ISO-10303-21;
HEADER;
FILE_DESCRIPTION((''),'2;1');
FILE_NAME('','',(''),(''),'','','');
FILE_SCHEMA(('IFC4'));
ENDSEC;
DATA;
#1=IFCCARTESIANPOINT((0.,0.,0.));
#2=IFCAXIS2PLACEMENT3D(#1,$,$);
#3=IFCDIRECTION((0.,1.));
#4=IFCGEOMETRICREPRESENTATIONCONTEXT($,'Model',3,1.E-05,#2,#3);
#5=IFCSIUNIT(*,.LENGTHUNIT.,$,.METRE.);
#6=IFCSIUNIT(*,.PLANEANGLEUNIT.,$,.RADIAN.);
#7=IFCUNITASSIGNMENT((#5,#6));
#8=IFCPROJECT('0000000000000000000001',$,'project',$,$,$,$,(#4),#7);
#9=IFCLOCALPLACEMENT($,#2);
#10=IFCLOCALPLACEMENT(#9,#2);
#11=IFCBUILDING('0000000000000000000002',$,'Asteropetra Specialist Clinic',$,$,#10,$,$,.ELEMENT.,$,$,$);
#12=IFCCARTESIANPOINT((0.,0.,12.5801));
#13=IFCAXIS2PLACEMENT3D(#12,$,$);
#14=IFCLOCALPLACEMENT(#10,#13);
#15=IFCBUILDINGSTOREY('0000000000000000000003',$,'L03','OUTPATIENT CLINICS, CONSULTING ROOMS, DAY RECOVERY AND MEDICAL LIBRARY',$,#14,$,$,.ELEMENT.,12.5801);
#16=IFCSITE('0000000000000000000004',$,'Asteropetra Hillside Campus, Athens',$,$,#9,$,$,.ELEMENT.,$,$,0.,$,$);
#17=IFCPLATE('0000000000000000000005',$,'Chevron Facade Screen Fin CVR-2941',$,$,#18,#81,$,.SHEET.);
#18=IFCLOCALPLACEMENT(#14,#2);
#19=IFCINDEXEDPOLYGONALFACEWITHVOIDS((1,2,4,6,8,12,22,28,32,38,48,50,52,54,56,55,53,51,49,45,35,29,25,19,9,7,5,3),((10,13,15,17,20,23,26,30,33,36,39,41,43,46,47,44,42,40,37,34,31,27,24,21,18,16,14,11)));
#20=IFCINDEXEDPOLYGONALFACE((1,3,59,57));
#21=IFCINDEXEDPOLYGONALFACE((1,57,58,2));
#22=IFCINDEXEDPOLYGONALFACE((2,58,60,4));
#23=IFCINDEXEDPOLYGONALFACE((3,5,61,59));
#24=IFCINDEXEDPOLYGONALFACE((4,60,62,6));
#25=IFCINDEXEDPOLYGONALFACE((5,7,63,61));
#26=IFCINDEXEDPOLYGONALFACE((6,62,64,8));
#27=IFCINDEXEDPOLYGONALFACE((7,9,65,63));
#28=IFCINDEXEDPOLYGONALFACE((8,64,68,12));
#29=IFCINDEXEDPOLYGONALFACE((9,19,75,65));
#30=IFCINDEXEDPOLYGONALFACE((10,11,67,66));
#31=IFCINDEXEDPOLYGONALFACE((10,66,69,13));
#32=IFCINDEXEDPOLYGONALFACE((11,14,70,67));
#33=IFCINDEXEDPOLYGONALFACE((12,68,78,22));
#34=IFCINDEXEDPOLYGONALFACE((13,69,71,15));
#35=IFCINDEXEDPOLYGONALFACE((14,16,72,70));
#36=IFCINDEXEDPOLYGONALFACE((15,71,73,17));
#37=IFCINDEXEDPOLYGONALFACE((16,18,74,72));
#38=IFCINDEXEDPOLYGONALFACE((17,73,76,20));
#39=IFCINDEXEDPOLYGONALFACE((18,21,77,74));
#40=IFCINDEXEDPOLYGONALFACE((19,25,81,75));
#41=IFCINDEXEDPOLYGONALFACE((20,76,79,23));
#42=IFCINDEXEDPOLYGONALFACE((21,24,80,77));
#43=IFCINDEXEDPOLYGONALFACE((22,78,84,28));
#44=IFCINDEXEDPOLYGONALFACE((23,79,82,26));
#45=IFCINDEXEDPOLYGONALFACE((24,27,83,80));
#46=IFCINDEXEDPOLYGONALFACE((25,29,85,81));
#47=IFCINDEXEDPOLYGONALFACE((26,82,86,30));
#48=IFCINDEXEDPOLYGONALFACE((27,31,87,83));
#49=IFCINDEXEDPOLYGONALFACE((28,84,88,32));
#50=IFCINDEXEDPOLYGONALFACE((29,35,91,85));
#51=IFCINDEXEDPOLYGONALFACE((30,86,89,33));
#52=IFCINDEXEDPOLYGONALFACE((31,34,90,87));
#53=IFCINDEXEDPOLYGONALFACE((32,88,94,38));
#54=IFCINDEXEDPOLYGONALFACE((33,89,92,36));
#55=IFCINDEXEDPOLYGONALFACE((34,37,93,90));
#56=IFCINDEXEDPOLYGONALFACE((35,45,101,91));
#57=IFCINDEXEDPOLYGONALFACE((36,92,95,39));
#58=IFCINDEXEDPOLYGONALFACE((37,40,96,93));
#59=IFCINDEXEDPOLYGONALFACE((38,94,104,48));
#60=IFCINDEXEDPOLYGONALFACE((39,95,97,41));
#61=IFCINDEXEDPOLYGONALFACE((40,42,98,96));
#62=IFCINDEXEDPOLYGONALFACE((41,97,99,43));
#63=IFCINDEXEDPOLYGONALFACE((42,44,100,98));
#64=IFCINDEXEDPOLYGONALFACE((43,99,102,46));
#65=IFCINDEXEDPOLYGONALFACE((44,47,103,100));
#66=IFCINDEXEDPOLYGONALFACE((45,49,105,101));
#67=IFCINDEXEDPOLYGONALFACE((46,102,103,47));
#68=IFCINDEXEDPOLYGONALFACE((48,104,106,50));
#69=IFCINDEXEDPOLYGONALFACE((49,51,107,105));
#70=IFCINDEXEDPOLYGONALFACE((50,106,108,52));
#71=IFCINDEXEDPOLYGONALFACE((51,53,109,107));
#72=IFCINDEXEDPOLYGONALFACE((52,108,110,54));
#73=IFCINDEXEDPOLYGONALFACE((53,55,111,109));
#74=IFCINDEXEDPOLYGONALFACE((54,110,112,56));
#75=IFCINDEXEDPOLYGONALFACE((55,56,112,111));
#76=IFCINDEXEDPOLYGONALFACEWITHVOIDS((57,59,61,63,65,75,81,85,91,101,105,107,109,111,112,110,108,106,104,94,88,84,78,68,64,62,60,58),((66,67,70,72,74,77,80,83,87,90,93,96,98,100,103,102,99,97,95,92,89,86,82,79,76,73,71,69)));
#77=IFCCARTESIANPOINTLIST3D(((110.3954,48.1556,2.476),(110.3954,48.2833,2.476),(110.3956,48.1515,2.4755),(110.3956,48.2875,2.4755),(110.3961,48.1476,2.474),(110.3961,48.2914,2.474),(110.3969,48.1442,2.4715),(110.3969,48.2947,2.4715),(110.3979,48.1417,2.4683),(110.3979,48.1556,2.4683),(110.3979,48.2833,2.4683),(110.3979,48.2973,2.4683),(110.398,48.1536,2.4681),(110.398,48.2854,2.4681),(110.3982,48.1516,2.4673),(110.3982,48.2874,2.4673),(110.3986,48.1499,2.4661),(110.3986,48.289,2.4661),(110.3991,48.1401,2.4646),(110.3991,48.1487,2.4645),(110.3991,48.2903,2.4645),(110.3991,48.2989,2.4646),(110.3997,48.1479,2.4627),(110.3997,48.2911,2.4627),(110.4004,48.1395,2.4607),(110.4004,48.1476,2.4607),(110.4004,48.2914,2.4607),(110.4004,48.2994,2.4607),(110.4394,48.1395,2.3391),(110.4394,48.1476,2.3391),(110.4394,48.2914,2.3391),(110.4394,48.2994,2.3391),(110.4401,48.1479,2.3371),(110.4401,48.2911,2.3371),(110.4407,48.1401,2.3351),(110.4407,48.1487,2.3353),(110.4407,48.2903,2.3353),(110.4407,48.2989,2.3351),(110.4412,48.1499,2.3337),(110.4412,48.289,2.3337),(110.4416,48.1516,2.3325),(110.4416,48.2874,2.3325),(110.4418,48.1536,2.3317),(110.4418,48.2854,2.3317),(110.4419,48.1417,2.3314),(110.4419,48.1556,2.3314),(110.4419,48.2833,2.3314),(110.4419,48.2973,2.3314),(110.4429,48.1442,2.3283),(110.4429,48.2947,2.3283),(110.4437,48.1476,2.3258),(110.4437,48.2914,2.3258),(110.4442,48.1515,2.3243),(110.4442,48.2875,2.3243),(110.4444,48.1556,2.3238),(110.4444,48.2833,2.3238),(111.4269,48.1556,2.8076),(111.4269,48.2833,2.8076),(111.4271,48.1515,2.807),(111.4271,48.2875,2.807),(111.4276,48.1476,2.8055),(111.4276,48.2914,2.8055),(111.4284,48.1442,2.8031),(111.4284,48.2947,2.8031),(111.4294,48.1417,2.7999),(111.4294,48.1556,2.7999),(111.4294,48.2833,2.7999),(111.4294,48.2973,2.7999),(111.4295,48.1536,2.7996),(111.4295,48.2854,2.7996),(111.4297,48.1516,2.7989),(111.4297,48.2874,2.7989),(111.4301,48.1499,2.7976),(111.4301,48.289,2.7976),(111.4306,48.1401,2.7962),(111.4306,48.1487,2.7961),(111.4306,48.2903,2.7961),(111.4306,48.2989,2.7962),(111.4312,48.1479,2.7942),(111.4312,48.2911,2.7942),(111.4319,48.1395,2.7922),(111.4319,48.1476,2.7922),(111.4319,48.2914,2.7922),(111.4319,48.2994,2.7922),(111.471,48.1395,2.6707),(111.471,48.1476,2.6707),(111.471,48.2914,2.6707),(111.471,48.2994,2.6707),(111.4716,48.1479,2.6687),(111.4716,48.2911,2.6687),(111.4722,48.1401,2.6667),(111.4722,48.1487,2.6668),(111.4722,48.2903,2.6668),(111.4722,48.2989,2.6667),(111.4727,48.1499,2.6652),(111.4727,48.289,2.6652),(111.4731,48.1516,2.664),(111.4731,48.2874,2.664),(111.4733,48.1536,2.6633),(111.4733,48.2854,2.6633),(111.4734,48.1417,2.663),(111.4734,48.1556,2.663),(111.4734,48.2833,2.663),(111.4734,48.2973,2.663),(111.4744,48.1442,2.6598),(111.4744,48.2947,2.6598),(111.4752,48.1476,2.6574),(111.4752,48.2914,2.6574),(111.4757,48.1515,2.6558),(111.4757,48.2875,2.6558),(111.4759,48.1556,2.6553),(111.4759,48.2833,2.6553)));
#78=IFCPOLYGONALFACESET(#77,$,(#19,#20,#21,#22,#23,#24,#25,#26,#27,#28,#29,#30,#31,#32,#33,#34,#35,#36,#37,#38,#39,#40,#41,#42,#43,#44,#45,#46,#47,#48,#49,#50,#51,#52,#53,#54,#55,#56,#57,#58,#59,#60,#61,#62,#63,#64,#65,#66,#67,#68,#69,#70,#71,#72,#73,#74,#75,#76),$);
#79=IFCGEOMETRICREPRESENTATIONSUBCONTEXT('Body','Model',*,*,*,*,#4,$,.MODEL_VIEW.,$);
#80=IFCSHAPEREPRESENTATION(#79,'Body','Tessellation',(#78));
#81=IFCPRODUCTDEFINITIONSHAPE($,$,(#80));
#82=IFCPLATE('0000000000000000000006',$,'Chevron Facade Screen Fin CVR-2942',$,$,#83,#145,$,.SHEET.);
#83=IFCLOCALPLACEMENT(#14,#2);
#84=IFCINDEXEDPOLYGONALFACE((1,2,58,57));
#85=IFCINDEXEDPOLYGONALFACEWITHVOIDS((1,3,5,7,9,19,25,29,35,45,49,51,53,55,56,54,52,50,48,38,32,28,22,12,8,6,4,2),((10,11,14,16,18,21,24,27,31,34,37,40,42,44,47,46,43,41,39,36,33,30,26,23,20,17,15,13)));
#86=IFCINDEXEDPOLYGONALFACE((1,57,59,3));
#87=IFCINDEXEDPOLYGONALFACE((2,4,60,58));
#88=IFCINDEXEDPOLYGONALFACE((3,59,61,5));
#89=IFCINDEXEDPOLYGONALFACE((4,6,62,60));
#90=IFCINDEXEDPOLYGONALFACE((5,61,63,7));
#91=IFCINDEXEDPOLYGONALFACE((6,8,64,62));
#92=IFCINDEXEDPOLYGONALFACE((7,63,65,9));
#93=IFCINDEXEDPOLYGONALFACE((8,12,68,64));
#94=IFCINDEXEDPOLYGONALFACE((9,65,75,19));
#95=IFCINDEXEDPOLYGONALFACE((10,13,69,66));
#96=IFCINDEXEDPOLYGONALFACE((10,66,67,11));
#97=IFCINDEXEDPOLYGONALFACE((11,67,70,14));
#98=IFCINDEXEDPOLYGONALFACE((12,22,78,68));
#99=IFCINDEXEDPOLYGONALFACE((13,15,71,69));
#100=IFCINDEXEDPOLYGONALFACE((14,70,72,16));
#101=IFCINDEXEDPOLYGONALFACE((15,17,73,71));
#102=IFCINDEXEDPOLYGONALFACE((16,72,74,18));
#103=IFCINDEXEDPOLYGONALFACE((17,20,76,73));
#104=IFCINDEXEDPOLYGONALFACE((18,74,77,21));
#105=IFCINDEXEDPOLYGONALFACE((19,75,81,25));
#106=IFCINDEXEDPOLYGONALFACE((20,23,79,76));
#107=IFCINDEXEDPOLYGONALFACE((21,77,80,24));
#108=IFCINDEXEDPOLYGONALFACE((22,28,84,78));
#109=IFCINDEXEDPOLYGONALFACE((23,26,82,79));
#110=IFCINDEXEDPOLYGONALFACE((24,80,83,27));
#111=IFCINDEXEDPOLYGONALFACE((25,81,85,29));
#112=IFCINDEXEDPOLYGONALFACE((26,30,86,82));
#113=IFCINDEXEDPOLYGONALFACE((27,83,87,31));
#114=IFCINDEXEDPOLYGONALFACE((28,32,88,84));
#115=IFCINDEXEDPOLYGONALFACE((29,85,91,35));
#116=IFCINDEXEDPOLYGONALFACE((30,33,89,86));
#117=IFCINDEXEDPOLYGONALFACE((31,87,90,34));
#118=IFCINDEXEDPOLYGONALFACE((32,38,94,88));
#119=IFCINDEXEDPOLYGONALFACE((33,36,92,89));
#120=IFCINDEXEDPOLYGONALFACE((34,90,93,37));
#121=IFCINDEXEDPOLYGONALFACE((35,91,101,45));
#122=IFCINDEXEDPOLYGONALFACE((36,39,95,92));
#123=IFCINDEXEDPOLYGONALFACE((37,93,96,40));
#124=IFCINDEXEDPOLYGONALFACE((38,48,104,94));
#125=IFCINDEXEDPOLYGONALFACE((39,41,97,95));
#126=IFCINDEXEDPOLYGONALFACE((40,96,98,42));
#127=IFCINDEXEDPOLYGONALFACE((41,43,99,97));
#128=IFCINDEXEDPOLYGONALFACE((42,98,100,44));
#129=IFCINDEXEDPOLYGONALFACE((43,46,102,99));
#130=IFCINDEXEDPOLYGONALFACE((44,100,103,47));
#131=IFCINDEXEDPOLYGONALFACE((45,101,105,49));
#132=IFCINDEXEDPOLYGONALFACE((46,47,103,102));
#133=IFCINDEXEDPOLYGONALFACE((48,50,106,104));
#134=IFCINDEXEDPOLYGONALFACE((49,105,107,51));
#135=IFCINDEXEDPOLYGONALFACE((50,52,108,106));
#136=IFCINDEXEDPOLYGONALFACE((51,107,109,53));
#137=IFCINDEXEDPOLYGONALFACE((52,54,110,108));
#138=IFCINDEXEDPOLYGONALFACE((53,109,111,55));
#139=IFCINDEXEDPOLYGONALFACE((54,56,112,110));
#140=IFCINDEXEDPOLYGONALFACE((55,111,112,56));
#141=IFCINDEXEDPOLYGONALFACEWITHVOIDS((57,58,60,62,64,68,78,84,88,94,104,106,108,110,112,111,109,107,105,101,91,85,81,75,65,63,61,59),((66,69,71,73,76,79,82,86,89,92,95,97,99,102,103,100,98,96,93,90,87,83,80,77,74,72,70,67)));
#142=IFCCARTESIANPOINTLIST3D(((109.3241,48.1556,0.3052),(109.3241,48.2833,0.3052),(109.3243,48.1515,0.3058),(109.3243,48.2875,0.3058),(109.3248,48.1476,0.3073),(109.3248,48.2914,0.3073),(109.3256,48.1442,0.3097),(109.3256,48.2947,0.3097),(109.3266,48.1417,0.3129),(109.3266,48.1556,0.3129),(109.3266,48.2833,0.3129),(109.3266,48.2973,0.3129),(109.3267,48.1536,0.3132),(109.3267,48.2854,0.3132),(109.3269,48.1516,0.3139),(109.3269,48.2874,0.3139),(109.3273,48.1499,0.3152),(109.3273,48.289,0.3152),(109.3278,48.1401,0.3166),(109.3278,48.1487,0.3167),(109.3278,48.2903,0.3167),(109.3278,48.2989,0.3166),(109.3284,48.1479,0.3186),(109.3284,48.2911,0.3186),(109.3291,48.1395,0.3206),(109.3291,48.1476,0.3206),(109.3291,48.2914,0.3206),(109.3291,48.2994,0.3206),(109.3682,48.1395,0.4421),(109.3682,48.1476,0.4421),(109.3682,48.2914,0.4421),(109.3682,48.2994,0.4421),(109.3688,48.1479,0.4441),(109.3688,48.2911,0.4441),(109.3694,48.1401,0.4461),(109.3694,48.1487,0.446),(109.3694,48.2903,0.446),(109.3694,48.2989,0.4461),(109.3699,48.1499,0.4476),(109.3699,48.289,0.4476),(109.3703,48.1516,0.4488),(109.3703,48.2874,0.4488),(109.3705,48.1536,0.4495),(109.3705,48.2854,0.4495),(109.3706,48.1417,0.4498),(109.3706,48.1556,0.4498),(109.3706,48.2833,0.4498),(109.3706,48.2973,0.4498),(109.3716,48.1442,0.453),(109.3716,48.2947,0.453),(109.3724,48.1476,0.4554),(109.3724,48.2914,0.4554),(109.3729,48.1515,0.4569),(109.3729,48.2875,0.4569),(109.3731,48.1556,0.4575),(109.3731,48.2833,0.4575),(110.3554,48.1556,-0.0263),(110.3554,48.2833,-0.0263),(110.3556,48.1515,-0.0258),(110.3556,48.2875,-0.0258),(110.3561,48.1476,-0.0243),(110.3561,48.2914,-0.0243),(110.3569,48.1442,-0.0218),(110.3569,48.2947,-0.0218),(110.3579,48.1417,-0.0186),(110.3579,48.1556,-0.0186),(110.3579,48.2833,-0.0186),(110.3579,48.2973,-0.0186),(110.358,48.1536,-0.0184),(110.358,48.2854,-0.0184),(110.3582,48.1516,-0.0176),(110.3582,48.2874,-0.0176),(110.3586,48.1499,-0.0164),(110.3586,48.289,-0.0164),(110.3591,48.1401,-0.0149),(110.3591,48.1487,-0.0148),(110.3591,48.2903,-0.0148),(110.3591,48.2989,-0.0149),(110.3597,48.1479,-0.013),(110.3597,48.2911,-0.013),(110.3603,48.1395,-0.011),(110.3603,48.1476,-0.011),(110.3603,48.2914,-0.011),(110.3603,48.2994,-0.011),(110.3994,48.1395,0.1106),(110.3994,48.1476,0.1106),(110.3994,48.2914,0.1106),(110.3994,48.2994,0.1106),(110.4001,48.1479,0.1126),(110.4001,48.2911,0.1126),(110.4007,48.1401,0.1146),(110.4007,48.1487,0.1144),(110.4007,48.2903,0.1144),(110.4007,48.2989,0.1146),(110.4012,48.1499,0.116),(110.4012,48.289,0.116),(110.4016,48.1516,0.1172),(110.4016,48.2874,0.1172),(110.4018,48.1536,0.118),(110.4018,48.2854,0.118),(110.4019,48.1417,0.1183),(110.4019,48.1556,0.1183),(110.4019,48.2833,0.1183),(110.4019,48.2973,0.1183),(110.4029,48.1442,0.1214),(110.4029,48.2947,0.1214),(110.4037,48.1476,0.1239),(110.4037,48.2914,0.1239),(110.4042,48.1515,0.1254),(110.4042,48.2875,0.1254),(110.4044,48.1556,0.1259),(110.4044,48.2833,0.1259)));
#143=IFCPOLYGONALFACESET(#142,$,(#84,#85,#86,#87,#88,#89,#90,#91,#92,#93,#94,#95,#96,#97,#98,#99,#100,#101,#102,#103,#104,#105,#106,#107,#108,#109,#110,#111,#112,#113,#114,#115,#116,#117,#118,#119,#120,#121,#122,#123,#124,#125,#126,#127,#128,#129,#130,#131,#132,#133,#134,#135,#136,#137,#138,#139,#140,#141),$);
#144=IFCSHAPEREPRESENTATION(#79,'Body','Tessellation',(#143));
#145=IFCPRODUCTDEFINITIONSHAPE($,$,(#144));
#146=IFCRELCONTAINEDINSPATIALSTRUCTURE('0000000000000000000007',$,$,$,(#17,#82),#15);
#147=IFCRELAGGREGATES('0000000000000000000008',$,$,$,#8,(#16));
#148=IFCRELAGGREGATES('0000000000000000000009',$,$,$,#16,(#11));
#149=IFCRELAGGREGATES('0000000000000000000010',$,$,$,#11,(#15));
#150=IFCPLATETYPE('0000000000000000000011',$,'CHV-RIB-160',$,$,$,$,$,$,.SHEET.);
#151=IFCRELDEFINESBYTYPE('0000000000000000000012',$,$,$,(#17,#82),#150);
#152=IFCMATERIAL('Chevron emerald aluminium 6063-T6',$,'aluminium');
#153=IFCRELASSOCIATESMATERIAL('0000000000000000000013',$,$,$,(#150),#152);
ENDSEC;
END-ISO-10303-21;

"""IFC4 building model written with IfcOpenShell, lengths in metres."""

from ifc_helpers import new_model, si_unit, direction, frame, origin, origin_2d, place, context, subcontext, project, spatial, hollow_rectangle, extrude, material, material_profile, profile_set, type_object, element, save


model = new_model("IFC4")

# Units and contexts
model_context = context("Model", 3, precision=1e-05, world=origin(), true_north=direction((0.0, 1.0)))
body_context = subcontext(model_context, "Body", "Model", "MODEL_VIEW")
ifc_project = project(units=[si_unit("LENGTHUNIT", "METRE"), si_unit("PLANEANGLEUNIT", "RADIAN")], contexts=[model_context])

# Site, building, storey
site_placement = place(None, origin())
site = spatial("IfcSite", under=ifc_project, at=site_placement, Name="Asteropetra Hillside Campus, Athens", CompositionType="ELEMENT", RefElevation=0.0)
building_placement = place(site_placement, origin())
building = spatial("IfcBuilding", under=site, at=building_placement, Name="Asteropetra Specialist Clinic", CompositionType="ELEMENT")
storey_placement = place(building_placement, frame((0.0, 0.0, 12.5801)))
storey = spatial("IfcBuildingStorey", under=building, at=storey_placement, Name="L03", Description="OUTPATIENT CLINICS, CONSULTING ROOMS, DAY RECOVERY AND MEDICAL LIBRARY", CompositionType="ELEMENT", Elevation=12.5801)

# Plates
ifc_material_1 = material(Name="Chevron emerald aluminium 6063-T6", Category="aluminium")
ifc_material_profile = material_profile(ifc_material_1, hollow_rectangle(XDim=0.1599, YDim=0.1599, WallThickness=0.0081, InnerFilletRadius=0.0081, OuterFilletRadius=0.0161, at=origin_2d()), Name="SHS 160x160x8.0")
ifc_profile_set = profile_set([ifc_material_profile], Name="Chevron emerald aluminium 6063-T6")
plate_type_1 = type_object("IfcPlateType", Name="CHV-RIB-160", PredefinedType="SHEET", material=ifc_profile_set)
for number, where, z_axis, x_axis, name in (
    (1, (111.4514, 48.2195, 2.7314), (-0.952031, 0.0, -0.306002), (0.0, -1.0, 0.0), "Chevron Facade Screen Fin CVR-2941"),
):
    element("IfcPlate", number, at=place(storey_placement, frame(where, z_axis=z_axis, x_axis=x_axis)), inside=storey, type_object=plate_type_1, Name=name, PredefinedType="SHEET", context=body_context, shape_type="SweptSolid", body=[
        extrude(hollow_rectangle(XDim=0.1599, YDim=0.1599, WallThickness=0.0081, InnerFilletRadius=0.0081, OuterFilletRadius=0.0161, at=origin_2d()), origin(), (0.0, 0.0, 1.0), 1.0835),
    ])
for number, where, z_axis, x_axis, name in (
    (2, (110.3799, 48.2195, 0.0498), (-0.95201, 0.0, 0.306068), (0.0, -1.0, 0.0), "Chevron Facade Screen Fin CVR-2942"),
):
    element("IfcPlate", number, at=place(storey_placement, frame(where, z_axis=z_axis, x_axis=x_axis)), inside=storey, type_object=plate_type_1, Name=name, PredefinedType="SHEET", context=body_context, shape_type="SweptSolid", body=[
        extrude(hollow_rectangle(XDim=0.1599, YDim=0.1599, WallThickness=0.0081, InnerFilletRadius=0.0081, OuterFilletRadius=0.0161, at=origin_2d()), origin(), (0.0, 0.0, 1.0), 1.0833),
    ])

save(model, "model.ifc")
